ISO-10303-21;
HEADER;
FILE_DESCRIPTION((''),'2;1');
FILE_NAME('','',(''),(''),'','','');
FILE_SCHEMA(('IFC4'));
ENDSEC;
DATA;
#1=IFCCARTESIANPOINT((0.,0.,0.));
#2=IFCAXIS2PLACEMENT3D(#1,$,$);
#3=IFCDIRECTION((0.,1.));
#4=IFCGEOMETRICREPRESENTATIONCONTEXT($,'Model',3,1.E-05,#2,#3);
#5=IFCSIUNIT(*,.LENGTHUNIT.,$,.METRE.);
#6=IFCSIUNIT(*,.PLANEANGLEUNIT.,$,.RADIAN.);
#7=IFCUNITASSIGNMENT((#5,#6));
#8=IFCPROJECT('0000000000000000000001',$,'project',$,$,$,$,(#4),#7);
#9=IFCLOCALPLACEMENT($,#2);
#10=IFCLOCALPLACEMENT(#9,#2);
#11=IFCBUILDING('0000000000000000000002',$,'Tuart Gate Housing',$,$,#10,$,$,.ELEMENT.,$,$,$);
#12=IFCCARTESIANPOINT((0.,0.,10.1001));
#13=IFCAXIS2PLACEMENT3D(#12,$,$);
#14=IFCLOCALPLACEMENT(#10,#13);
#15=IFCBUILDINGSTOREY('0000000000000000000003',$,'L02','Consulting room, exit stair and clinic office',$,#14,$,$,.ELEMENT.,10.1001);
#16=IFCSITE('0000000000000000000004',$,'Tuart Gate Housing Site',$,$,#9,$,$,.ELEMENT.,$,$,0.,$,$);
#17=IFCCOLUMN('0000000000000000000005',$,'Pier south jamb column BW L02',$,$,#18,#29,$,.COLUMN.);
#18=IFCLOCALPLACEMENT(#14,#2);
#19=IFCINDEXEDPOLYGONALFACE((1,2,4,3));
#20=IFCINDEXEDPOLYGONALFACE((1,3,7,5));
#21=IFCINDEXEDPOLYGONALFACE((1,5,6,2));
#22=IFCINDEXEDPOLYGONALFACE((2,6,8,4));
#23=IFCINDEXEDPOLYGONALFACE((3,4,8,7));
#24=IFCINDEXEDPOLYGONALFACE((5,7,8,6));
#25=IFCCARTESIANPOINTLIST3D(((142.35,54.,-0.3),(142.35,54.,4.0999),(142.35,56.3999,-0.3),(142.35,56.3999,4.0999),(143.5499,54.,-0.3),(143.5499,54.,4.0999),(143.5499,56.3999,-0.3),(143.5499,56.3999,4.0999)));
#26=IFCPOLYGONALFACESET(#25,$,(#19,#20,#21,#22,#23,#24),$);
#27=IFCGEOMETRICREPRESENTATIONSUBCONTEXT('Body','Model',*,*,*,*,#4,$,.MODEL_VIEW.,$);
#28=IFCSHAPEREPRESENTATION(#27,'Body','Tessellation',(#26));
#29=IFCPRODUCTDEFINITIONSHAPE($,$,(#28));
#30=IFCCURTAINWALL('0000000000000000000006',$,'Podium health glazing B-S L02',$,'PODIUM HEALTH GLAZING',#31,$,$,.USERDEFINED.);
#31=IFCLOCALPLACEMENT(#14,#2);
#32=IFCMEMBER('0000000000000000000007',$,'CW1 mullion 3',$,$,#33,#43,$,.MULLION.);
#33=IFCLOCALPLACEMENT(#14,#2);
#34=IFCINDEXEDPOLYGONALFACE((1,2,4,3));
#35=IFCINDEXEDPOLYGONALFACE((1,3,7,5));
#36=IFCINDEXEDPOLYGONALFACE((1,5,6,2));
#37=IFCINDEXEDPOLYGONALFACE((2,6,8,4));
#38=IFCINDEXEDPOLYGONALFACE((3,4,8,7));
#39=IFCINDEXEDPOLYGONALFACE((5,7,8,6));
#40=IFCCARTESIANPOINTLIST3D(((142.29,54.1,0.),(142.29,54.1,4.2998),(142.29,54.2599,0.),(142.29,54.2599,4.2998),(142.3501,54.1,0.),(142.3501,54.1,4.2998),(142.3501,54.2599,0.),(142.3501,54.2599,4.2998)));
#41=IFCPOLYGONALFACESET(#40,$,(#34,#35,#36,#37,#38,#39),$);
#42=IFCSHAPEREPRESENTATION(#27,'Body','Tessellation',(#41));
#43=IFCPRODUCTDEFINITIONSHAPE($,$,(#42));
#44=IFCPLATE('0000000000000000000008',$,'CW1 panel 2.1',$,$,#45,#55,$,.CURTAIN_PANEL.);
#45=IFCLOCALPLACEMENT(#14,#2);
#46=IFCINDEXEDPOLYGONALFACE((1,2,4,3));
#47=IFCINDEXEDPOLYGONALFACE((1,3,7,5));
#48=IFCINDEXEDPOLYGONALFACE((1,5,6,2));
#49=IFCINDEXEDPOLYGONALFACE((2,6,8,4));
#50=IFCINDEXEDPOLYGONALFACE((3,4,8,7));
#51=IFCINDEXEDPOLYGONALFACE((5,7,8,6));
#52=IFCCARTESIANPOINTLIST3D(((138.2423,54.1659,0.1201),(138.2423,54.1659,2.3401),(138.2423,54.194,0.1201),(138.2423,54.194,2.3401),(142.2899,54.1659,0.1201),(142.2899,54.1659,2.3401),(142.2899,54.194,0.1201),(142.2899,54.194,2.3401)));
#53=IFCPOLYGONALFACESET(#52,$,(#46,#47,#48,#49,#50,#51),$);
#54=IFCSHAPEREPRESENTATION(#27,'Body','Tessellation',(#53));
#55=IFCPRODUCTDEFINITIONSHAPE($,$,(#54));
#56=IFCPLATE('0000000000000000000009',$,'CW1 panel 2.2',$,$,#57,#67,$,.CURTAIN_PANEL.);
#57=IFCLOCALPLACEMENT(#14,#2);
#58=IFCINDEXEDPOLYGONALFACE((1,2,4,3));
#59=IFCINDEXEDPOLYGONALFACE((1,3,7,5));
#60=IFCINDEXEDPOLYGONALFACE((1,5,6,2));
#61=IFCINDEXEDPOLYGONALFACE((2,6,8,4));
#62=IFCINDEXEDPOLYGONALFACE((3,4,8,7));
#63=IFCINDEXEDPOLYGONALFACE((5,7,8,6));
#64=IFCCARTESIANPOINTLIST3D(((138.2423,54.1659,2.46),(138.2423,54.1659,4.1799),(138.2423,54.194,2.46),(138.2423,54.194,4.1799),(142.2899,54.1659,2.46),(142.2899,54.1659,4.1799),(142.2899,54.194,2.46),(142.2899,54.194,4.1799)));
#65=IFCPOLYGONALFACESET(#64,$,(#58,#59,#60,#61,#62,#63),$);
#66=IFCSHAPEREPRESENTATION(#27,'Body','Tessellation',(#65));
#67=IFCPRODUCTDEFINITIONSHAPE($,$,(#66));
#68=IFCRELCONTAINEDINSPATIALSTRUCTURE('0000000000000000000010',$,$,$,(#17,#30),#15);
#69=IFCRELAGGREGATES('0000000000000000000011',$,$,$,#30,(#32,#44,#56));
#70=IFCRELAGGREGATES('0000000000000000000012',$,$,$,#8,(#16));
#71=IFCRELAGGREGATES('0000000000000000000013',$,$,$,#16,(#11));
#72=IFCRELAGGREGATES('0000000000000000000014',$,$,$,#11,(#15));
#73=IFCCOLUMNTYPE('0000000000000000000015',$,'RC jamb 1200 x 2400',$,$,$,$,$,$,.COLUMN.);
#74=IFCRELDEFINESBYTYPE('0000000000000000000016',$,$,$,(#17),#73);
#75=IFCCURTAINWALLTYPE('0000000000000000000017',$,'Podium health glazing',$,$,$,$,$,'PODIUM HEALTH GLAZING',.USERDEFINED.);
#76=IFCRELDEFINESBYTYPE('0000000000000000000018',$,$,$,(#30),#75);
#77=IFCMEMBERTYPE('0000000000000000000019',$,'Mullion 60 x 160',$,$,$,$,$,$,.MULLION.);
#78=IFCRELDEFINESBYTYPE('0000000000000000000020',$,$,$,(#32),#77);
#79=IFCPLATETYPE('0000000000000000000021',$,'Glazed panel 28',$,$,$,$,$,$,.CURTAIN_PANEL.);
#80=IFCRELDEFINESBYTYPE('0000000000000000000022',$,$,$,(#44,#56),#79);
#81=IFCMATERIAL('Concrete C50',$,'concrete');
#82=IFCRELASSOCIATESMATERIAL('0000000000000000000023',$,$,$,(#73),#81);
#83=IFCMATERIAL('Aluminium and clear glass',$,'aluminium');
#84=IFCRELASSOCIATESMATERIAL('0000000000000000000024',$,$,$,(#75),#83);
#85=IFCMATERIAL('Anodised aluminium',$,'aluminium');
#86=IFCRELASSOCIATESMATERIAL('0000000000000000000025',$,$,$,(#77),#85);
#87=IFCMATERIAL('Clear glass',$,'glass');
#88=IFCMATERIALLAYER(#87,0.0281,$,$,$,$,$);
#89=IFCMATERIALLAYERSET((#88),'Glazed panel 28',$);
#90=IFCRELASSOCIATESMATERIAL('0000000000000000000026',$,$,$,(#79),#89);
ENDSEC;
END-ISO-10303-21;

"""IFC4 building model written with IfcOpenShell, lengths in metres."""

from ifc_helpers import new_model, si_unit, direction, frame, origin, origin_2d, place, context, subcontext, project, spatial, rectangle, extrude, material, layer, layer_set, material_profile, profile_set, type_object, element, aggregate, save


model = new_model("IFC4")

# Units and contexts
model_context = context("Model", 3, precision=1e-05, world=origin(), true_north=direction((0.0, 1.0)))
body_context = subcontext(model_context, "Body", "Model", "MODEL_VIEW")
ifc_project = project(units=[si_unit("LENGTHUNIT", "METRE"), si_unit("PLANEANGLEUNIT", "RADIAN")], contexts=[model_context])

# Site, building, storey
site_placement = place(None, origin())
site = spatial("IfcSite", under=ifc_project, at=site_placement, Name="Tuart Gate Housing Site", CompositionType="ELEMENT", RefElevation=0.0)
building_placement = place(site_placement, origin())
building = spatial("IfcBuilding", under=site, at=building_placement, Name="Tuart Gate Housing", CompositionType="ELEMENT")
storey_placement = place(building_placement, frame((0.0, 0.0, 10.1001)))
storey = spatial("IfcBuildingStorey", under=building, at=storey_placement, Name="L02", Description="Consulting room, exit stair and clinic office", CompositionType="ELEMENT", Elevation=10.1001)

# Column
ifc_material_1 = material(Name="Concrete C50", Category="concrete")
ifc_material_profile_1 = material_profile(ifc_material_1, rectangle(XDim=1.2, YDim=2.3999, at=origin_2d()), Name="RC jamb 1200 x 2400")
ifc_profile_set_1 = profile_set([ifc_material_profile_1], Name="Concrete C50")
column_type = type_object("IfcColumnType", Name="RC jamb 1200 x 2400", PredefinedType="COLUMN", material=ifc_profile_set_1)
column_placement = place(storey_placement, frame((142.95, 55.2, -0.3), z_axis=(0.0, 0.0, 1.0), x_axis=(1.0, 0.0, 0.0)))
element("IfcColumn", 1, at=column_placement, inside=storey, type_object=column_type, Name="Pier south jamb column BW L02", PredefinedType="COLUMN", context=body_context, shape_type="SweptSolid", body=[
    extrude(rectangle(XDim=1.2, YDim=2.3999, at=origin_2d()), origin(), (0.0, 0.0, 1.0), 4.3999),
])

# Curtain wall, member, plates
ifc_material_2 = material(Name="Aluminium and clear glass", Category="aluminium")
curtain_wall_type = type_object("IfcCurtainWallType", Name="Podium health glazing", ElementType="PODIUM HEALTH GLAZING", PredefinedType="USERDEFINED", material=ifc_material_2)
curtain_wall_placement = place(storey_placement, origin())
curtain_wall = element("IfcCurtainWall", 2, at=curtain_wall_placement, inside=storey, type_object=curtain_wall_type, Name="Podium health glazing B-S L02", ObjectType="PODIUM HEALTH GLAZING", PredefinedType="USERDEFINED")
ifc_material_3 = material(Name="Anodised aluminium", Category="aluminium")
ifc_material_profile_2 = material_profile(ifc_material_3, rectangle(XDim=0.0601, YDim=0.1599, at=origin_2d()), Name="60x160")
ifc_profile_set_2 = profile_set([ifc_material_profile_2], Name="Anodised aluminium")
member_type = type_object("IfcMemberType", Name="Mullion 60 x 160", PredefinedType="MULLION", material=ifc_profile_set_2)
member_placement = place(storey_placement, frame((142.3201, 54.1799, 0.0), z_axis=(0.0, 0.0, 1.0), x_axis=(1.0, 0.0, 0.0)))
member = element("IfcMember", 3, at=member_placement, type_object=member_type, Name="CW1 mullion 3", PredefinedType="MULLION", context=body_context, shape_type="SweptSolid", body=[
    extrude(rectangle(XDim=0.0601, YDim=0.1599, at=origin_2d()), origin(), (0.0, 0.0, 1.0), 4.2998),
])
ifc_material_4 = material(Name="Clear glass", Category="glass")
ifc_layer_1 = layer(ifc_material_4, 0.0281)
ifc_layer_set_1 = layer_set([ifc_layer_1], Name="Glazed panel 28")
plate_type = type_object("IfcPlateType", Name="Glazed panel 28", PredefinedType="CURTAIN_PANEL", material=ifc_layer_set_1)
plate_1_placement = place(storey_placement, frame((140.2661, 54.1799, 0.1201), z_axis=(0.0, 0.0, 1.0), x_axis=(1.0, 0.0, 0.0)))
plate_1 = element("IfcPlate", 4, at=plate_1_placement, type_object=plate_type, Name="CW1 panel 2.1", PredefinedType="CURTAIN_PANEL", context=body_context, shape_type="SweptSolid", body=[
    extrude(rectangle(XDim=4.0476, YDim=0.0281, at=origin_2d()), origin(), (0.0, 0.0, 1.0), 2.22),
])
plate_2_placement = place(storey_placement, frame((140.2661, 54.1799, 2.46), z_axis=(0.0, 0.0, 1.0), x_axis=(1.0, 0.0, 0.0)))
plate_2 = element("IfcPlate", 5, at=plate_2_placement, type_object=plate_type, Name="CW1 panel 2.2", PredefinedType="CURTAIN_PANEL", context=body_context, shape_type="SweptSolid", body=[
    extrude(rectangle(XDim=4.0476, YDim=0.0281, at=origin_2d()), origin(), (0.0, 0.0, 1.0), 1.72),
])
aggregate(curtain_wall, [member, plate_1, plate_2])

save(model, "model.ifc")
